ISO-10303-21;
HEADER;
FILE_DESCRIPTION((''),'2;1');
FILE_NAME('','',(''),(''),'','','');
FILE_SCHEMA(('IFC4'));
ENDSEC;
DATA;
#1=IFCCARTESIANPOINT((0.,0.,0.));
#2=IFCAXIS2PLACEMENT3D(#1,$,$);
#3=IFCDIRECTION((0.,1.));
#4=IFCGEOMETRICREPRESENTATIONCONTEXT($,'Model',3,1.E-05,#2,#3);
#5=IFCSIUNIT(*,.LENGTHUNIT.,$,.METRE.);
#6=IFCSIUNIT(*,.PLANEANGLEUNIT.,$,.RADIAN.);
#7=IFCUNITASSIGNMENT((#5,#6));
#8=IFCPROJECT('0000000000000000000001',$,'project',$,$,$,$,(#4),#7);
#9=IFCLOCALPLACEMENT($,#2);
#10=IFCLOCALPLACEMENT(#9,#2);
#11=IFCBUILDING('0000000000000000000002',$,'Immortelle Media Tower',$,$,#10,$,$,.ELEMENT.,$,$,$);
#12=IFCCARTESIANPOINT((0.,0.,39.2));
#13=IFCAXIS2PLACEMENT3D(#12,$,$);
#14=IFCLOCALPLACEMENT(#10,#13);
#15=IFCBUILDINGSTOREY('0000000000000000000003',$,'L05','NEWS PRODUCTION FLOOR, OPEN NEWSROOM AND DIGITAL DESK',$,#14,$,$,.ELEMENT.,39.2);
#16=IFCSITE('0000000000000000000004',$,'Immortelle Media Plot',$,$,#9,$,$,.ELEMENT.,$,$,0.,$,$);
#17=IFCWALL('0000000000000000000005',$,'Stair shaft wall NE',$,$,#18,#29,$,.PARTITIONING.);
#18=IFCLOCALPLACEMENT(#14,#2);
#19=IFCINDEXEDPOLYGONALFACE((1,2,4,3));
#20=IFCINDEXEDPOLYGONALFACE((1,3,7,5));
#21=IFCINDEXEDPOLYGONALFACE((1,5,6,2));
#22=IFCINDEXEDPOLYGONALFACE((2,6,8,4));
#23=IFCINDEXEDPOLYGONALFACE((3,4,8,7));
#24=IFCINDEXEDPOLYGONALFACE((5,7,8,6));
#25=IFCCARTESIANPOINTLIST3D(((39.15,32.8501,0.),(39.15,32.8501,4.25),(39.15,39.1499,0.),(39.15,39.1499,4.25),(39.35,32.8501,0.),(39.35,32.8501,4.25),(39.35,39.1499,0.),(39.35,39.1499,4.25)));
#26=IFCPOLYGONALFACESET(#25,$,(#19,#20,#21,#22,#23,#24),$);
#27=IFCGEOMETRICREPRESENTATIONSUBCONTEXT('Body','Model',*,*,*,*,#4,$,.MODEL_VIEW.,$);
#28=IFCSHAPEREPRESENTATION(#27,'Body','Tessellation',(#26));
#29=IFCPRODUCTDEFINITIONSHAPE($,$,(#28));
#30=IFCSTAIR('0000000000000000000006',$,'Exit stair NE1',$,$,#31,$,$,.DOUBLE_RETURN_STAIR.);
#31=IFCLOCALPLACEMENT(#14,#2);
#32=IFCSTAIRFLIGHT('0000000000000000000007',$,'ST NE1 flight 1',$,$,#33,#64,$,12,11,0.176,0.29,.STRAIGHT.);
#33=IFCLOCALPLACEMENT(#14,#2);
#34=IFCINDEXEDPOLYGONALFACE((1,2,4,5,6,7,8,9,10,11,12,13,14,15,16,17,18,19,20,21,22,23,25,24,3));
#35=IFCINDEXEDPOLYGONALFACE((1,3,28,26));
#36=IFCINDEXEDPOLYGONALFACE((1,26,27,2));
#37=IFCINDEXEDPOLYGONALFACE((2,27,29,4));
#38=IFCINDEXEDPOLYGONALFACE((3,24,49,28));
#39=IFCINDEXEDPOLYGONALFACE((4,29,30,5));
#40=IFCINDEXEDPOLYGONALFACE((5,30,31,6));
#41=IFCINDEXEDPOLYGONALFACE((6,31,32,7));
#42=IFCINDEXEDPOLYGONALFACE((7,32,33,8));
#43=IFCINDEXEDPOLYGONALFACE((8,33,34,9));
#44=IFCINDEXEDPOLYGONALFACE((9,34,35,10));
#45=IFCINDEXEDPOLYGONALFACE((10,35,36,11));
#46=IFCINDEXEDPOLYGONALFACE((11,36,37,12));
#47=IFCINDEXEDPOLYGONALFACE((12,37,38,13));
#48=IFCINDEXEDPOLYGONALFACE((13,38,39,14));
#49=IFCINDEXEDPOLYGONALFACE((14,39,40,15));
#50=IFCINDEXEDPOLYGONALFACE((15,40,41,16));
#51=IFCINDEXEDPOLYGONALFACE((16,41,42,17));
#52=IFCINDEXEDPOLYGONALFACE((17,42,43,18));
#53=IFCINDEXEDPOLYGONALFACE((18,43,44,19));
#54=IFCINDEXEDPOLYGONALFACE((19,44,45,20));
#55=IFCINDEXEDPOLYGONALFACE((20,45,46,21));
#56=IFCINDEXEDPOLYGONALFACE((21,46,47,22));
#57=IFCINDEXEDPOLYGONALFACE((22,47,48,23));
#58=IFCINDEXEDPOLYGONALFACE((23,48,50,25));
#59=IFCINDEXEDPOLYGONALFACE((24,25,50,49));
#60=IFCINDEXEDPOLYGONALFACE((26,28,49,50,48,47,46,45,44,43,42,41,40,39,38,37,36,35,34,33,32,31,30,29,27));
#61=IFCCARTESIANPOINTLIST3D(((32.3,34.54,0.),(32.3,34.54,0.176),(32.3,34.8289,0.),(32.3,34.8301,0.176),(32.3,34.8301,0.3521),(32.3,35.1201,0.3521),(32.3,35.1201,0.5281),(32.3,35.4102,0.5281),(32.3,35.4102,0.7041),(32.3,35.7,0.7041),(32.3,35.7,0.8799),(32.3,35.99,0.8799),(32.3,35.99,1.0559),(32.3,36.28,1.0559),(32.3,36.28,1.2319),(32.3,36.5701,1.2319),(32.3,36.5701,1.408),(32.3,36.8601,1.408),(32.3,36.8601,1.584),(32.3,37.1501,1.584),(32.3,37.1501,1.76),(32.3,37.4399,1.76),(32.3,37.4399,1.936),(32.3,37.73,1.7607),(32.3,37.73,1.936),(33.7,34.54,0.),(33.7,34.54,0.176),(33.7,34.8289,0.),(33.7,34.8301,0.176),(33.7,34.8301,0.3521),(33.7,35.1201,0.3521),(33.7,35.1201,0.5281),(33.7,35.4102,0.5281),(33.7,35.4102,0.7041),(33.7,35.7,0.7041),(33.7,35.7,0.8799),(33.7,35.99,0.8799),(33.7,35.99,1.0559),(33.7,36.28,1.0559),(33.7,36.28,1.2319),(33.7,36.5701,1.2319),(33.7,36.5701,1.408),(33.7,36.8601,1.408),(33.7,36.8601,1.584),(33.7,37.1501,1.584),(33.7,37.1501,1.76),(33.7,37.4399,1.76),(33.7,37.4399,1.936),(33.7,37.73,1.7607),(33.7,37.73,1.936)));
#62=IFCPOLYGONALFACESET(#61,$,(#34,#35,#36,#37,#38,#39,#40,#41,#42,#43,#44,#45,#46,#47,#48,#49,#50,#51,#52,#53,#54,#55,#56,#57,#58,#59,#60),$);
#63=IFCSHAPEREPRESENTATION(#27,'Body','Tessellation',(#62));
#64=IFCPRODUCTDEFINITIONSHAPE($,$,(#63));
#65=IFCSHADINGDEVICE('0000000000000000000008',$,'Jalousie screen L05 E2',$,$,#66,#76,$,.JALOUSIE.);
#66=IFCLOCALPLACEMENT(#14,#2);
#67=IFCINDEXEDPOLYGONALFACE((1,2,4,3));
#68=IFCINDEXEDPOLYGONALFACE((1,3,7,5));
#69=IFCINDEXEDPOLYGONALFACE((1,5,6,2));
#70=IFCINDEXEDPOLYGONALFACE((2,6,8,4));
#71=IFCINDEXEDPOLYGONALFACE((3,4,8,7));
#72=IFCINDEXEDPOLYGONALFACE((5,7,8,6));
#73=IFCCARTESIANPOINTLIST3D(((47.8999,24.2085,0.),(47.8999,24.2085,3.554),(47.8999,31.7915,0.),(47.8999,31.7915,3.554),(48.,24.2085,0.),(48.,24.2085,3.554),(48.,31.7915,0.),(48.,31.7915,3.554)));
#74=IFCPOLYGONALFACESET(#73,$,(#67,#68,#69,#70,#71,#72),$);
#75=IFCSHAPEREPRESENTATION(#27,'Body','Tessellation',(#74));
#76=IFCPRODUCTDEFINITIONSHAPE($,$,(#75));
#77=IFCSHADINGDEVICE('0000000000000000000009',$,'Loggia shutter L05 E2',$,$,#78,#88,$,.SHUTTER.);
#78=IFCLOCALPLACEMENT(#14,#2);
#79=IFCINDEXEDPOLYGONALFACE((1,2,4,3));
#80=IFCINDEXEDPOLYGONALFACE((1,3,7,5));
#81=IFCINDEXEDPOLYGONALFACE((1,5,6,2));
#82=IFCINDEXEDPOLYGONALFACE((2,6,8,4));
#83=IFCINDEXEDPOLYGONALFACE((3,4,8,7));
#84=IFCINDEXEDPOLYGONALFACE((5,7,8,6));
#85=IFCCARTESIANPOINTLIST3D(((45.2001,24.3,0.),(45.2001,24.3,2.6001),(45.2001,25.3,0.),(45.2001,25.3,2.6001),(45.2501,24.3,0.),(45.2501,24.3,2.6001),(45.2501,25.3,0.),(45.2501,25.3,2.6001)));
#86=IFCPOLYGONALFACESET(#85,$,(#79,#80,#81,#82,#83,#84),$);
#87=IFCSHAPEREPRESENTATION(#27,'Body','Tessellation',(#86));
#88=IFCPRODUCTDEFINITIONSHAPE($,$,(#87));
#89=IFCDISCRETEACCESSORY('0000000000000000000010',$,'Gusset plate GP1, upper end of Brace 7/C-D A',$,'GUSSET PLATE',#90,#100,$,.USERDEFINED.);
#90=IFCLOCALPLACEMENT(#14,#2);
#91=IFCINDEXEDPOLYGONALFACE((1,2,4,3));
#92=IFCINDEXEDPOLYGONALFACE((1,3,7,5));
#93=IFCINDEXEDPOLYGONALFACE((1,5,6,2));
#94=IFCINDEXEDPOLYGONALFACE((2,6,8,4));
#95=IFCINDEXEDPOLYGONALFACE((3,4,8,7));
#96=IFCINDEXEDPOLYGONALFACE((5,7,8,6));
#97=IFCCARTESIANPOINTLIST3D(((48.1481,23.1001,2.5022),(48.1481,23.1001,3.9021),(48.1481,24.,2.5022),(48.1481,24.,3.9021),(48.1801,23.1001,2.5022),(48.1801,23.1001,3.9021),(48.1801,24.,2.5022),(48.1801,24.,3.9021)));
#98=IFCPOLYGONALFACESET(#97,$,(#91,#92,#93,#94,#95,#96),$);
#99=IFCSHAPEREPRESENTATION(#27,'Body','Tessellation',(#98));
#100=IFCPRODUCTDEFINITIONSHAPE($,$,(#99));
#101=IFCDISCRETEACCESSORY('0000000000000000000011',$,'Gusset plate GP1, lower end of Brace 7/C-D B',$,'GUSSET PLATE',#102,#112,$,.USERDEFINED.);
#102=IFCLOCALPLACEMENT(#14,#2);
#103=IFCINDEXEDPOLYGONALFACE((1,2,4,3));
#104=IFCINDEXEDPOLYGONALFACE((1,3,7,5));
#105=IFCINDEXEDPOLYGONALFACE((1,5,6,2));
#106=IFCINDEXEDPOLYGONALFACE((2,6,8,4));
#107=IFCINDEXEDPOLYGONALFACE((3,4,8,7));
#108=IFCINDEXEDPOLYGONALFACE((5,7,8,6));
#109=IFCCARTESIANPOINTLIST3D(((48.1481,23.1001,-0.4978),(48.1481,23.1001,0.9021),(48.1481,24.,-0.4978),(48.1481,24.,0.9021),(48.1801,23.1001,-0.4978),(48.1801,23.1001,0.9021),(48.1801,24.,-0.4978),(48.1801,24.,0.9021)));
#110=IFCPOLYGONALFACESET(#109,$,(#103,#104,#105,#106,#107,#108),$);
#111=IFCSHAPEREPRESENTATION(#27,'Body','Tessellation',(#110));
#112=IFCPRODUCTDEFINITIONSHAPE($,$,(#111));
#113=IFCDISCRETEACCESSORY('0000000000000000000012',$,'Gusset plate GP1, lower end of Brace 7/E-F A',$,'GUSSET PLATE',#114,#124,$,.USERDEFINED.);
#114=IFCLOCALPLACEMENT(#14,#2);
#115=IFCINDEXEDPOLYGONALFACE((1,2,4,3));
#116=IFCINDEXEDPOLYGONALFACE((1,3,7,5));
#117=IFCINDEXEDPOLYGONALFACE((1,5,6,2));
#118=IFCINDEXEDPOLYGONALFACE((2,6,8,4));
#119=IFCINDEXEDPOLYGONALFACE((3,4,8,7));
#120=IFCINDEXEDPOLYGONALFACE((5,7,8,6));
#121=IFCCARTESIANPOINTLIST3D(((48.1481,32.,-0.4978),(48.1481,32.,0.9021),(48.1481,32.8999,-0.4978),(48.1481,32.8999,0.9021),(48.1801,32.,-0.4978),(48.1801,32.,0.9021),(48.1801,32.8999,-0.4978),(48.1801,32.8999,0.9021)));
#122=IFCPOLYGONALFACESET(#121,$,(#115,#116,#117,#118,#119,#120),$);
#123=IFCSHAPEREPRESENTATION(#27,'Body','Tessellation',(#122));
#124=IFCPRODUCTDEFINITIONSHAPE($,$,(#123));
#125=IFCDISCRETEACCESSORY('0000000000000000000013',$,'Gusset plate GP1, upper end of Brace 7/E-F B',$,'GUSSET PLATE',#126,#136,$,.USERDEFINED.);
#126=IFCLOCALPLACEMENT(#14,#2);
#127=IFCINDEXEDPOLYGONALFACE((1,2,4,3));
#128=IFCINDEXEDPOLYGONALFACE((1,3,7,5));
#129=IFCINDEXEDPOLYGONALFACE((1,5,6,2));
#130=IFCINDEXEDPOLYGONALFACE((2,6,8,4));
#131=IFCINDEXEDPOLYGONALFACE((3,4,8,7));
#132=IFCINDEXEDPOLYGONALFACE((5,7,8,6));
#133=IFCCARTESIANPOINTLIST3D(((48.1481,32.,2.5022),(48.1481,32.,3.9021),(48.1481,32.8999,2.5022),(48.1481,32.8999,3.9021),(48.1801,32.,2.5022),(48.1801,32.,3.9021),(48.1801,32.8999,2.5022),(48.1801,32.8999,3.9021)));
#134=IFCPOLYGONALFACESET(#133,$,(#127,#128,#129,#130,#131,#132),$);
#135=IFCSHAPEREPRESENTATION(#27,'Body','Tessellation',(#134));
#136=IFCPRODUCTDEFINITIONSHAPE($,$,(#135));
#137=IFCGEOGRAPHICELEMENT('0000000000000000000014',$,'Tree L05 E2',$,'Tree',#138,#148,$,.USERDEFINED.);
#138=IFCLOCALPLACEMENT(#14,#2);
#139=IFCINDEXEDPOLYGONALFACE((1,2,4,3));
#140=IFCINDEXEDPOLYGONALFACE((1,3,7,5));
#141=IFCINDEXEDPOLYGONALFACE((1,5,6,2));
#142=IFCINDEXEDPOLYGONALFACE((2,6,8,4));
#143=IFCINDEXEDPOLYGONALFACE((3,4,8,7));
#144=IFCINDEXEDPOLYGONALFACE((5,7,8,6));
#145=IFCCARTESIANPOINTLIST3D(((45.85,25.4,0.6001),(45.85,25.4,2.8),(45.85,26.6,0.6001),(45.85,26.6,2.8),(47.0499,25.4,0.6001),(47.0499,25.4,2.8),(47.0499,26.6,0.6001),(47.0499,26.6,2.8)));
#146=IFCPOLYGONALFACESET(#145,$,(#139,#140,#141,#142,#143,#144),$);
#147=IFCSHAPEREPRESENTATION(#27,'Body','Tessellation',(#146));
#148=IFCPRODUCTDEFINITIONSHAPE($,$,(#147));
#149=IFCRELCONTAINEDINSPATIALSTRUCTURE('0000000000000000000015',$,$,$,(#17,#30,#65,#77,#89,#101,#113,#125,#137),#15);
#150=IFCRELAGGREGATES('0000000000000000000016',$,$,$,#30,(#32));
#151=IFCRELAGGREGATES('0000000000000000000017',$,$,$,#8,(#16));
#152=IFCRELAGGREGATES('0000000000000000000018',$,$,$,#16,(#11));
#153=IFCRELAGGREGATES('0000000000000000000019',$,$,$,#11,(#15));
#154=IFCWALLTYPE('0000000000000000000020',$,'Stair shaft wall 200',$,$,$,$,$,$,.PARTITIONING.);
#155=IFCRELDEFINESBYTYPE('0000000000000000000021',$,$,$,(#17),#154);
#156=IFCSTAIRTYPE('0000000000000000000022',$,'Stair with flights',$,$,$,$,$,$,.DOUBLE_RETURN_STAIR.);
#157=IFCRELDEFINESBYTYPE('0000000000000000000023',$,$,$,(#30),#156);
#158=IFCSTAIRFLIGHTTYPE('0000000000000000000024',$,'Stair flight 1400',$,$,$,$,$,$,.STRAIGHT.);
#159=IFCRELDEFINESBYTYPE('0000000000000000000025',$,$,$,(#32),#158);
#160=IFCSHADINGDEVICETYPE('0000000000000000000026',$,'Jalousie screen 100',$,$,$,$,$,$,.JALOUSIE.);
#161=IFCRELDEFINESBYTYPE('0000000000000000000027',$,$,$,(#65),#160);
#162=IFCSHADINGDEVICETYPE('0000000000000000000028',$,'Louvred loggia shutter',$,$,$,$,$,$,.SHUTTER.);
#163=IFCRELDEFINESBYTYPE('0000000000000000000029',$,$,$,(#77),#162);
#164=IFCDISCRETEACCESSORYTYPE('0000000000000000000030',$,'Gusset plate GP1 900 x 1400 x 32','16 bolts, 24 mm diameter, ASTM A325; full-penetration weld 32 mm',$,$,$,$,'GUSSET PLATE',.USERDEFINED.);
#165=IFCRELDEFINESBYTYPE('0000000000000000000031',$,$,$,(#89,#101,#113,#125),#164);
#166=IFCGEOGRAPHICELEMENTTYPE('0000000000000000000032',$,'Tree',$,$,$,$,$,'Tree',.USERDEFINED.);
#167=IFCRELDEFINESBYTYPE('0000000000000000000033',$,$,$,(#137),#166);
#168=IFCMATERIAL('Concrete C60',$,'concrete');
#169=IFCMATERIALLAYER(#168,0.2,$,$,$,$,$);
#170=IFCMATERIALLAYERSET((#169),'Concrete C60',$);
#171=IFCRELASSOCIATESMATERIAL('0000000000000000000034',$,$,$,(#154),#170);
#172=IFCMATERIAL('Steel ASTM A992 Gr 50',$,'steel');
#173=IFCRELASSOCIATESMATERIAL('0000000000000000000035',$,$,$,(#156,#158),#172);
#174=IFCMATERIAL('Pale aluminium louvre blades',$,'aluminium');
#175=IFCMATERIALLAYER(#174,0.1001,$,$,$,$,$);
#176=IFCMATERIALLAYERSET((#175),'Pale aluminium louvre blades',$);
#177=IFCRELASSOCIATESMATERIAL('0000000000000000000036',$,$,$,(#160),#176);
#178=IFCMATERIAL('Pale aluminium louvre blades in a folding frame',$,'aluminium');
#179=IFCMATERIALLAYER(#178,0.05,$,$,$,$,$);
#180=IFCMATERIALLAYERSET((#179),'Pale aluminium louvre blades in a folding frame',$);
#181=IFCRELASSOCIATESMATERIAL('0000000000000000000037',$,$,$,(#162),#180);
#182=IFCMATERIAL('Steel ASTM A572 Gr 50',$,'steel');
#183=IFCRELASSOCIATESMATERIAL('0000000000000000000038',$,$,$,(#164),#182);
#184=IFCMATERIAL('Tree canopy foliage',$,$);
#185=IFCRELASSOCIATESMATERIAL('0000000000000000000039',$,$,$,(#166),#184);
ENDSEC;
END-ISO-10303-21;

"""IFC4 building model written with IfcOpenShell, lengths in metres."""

from ifc_helpers import new_model, si_unit, direction, frame, frame_2d, origin, origin_2d, place, context, subcontext, project, spatial, polyline, rectangle, outline, extrude, material, layer, layer_set, material_profile, profile_set, type_object, element, aggregate, save


model = new_model("IFC4")

# Units and contexts
model_context = context("Model", 3, precision=1e-05, world=origin(), true_north=direction((0.0, 1.0)))
body_context = subcontext(model_context, "Body", "Model", "MODEL_VIEW")
ifc_project = project(units=[si_unit("LENGTHUNIT", "METRE"), si_unit("PLANEANGLEUNIT", "RADIAN")], contexts=[model_context])

# Site, building, storey
site_placement = place(None, origin())
site = spatial("IfcSite", under=ifc_project, at=site_placement, Name="Immortelle Media Plot", CompositionType="ELEMENT", RefElevation=0.0)
building_placement = place(site_placement, origin())
building = spatial("IfcBuilding", under=site, at=building_placement, Name="Immortelle Media Tower", CompositionType="ELEMENT")
storey_placement = place(building_placement, frame((0.0, 0.0, 39.2)))
storey = spatial("IfcBuildingStorey", under=building, at=storey_placement, Name="L05", Description="NEWS PRODUCTION FLOOR, OPEN NEWSROOM AND DIGITAL DESK", CompositionType="ELEMENT", Elevation=39.2)

# Shared definitions
ifc_material_1 = material(Name="Steel ASTM A992 Gr 50", Category="steel")

# Wall
ifc_material_2 = material(Name="Concrete C60", Category="concrete")
ifc_layer_1 = layer(ifc_material_2, 0.2)
ifc_layer_set_1 = layer_set([ifc_layer_1], Name="Concrete C60")
wall_type_1 = type_object("IfcWallType", Name="Stair shaft wall 200", PredefinedType="PARTITIONING", material=ifc_layer_set_1)
for number, where, z_axis, x_axis, name in (
    (1, (39.25, 32.8501, 0.0), (0.0, 0.0, 1.0), (0.0, 1.0, 0.0), "Stair shaft wall NE"),
):
    element("IfcWall", number, at=place(storey_placement, frame(where, z_axis=z_axis, x_axis=x_axis)), inside=storey, type_object=wall_type_1, Name=name, PredefinedType="PARTITIONING", context=body_context, shape_type="SweptSolid", body=[
        extrude(rectangle(XDim=6.2998, YDim=0.2, at=frame_2d((3.1499, 0.0))), origin(), (0.0, 0.0, 1.0), 4.25),
    ])

# Stair, stair flight
stair_type = type_object("IfcStairType", Name="Stair with flights", PredefinedType="DOUBLE_RETURN_STAIR", material=ifc_material_1)
stair_placement = place(storey_placement, origin())
stair = element("IfcStair", 2, at=stair_placement, inside=storey, type_object=stair_type, Name="Exit stair NE1", PredefinedType="DOUBLE_RETURN_STAIR")
stair_flight_type = type_object("IfcStairFlightType", Name="Stair flight 1400", PredefinedType="STRAIGHT", material=ifc_material_1)
stair_flight_placement = place(storey_placement, frame((33.0, 34.54, 0.0), z_axis=(0.0, 0.0, 1.0), x_axis=(0.0, 1.0, 0.0)))
stair_flight = element("IfcStairFlight", 3, at=stair_flight_placement, type_object=stair_flight_type, Name="ST NE1 flight 1", NumberOfRisers=12, NumberOfTreads=11, PredefinedType="STRAIGHT", RiserHeight=0.176, TreadLength=0.29, context=body_context, shape_type="SweptSolid", body=[
    extrude(outline(polyline([(0.0, 0.0), (0.0, 0.176), (0.29, 0.176), (0.29, 0.3521), (0.5801, 0.3521), (0.5801, 0.5281), (0.8701, 0.5281), (0.8701, 0.7041), (1.1599, 0.7041), (1.1599, 0.8799), (1.45, 0.8799), (1.45, 1.0559), (1.74, 1.0559), (1.74, 1.2319), (2.03, 1.2319), (2.03, 1.408), (2.3201, 1.408), (2.3201, 1.584), (2.6101, 1.584), (2.6101, 1.76), (2.8999, 1.76), (2.8999, 1.936), (3.1899, 1.936), (3.1899, 2.1121), (3.1899, 1.7607), (0.2888, 0.0), (0.0, 0.0)])), frame((0.0, 0.7, 0.0), z_axis=(0.0, -1.0, 0.0), x_axis=(1.0, 0.0, 0.0)), (0.0, 0.0, 1.0), 1.3999),
])
aggregate(stair, [stair_flight])

# Shading devices
ifc_material_3 = material(Name="Pale aluminium louvre blades", Category="aluminium")
ifc_layer_2 = layer(ifc_material_3, 0.1001)
ifc_layer_set_2 = layer_set([ifc_layer_2], Name="Pale aluminium louvre blades")
shading_device_type_1 = type_object("IfcShadingDeviceType", Name="Jalousie screen 100", PredefinedType="JALOUSIE", material=ifc_layer_set_2)
shading_device_1_placement = place(storey_placement, frame((47.95, 28.0, 0.0), z_axis=(0.0, 0.0, 1.0), x_axis=(0.0, 1.0, 0.0)))
element("IfcShadingDevice", 4, at=shading_device_1_placement, inside=storey, type_object=shading_device_type_1, Name="Jalousie screen L05 E2", PredefinedType="JALOUSIE", context=body_context, shape_type="SweptSolid", body=[
    extrude(rectangle(XDim=7.583, YDim=0.1001, at=origin_2d()), origin(), (0.0, 0.0, 1.0), 3.554),
])
ifc_material_4 = material(Name="Pale aluminium louvre blades in a folding frame", Category="aluminium")
ifc_layer_3 = layer(ifc_material_4, 0.05)
ifc_layer_set_3 = layer_set([ifc_layer_3], Name="Pale aluminium louvre blades in a folding frame")
shading_device_type_2 = type_object("IfcShadingDeviceType", Name="Louvred loggia shutter", PredefinedType="SHUTTER", material=ifc_layer_set_3)
shading_device_2_placement = place(storey_placement, frame((45.2251, 24.8, 0.0), z_axis=(0.0, 0.0, 1.0), x_axis=(0.0, 1.0, 0.0)))
element("IfcShadingDevice", 5, at=shading_device_2_placement, inside=storey, type_object=shading_device_type_2, Name="Loggia shutter L05 E2", PredefinedType="SHUTTER", context=body_context, shape_type="SweptSolid", body=[
    extrude(rectangle(XDim=1.0, YDim=0.05, at=origin_2d()), origin(), (0.0, 0.0, 1.0), 2.6001),
])

# Discrete accessories
ifc_material_5 = material(Name="Steel ASTM A572 Gr 50", Category="steel")
ifc_material_profile_1 = material_profile(ifc_material_5, rectangle(XDim=0.032, YDim=1.3999, at=origin_2d()), Name="PL 32 x 1400")
ifc_profile_set_1 = profile_set([ifc_material_profile_1], Name="Steel ASTM A572 Gr 50")
discrete_accessory_type = type_object("IfcDiscreteAccessoryType", Name="Gusset plate GP1 900 x 1400 x 32", Description="16 bolts, 24 mm diameter, ASTM A325; full-penetration weld 32 mm", ElementType="GUSSET PLATE", PredefinedType="USERDEFINED", material=ifc_profile_set_1)
for number, where, z_axis, x_axis, name in (
    (6, (48.1641, 24.0, 3.2021), (0.0, -1.0, 0.0), (1.0, 0.0, 0.0), "Gusset plate GP1, upper end of Brace 7/C-D A"),
    (7, (48.1641, 24.0, 0.2021), (0.0, -1.0, 0.0), (1.0, 0.0, 0.0), "Gusset plate GP1, lower end of Brace 7/C-D B"),
    (8, (48.1641, 32.0, 0.2021), (0.0, 1.0, 0.0), (-1.0, 0.0, 0.0), "Gusset plate GP1, lower end of Brace 7/E-F A"),
    (9, (48.1641, 32.0, 3.2021), (0.0, 1.0, 0.0), (-1.0, 0.0, 0.0), "Gusset plate GP1, upper end of Brace 7/E-F B"),
):
    element("IfcDiscreteAccessory", number, at=place(storey_placement, frame(where, z_axis=z_axis, x_axis=x_axis)), inside=storey, type_object=discrete_accessory_type, Name=name, ObjectType="GUSSET PLATE", PredefinedType="USERDEFINED", context=body_context, shape_type="SweptSolid", body=[
        extrude(rectangle(XDim=0.032, YDim=1.3999, at=origin_2d()), origin(), (0.0, 0.0, 1.0), 0.8999),
    ])

# Geographic element
ifc_material_6 = material(Name="Tree canopy foliage")
geographic_element_type = type_object("IfcGeographicElementType", Name="Tree", ElementType="Tree", PredefinedType="USERDEFINED", material=ifc_material_6)
geographic_element_placement = place(storey_placement, frame((46.45, 26.0, 0.6001), z_axis=(0.0, 0.0, 1.0), x_axis=(1.0, 0.0, 0.0)))
element("IfcGeographicElement", 10, at=geographic_element_placement, inside=storey, type_object=geographic_element_type, Name="Tree L05 E2", ObjectType="Tree", PredefinedType="USERDEFINED", context=body_context, shape_type="SweptSolid", body=[
    extrude(rectangle(XDim=1.2, YDim=1.2, at=origin_2d()), origin(), (0.0, 0.0, 1.0), 2.2),
])

save(model, "model.ifc")
